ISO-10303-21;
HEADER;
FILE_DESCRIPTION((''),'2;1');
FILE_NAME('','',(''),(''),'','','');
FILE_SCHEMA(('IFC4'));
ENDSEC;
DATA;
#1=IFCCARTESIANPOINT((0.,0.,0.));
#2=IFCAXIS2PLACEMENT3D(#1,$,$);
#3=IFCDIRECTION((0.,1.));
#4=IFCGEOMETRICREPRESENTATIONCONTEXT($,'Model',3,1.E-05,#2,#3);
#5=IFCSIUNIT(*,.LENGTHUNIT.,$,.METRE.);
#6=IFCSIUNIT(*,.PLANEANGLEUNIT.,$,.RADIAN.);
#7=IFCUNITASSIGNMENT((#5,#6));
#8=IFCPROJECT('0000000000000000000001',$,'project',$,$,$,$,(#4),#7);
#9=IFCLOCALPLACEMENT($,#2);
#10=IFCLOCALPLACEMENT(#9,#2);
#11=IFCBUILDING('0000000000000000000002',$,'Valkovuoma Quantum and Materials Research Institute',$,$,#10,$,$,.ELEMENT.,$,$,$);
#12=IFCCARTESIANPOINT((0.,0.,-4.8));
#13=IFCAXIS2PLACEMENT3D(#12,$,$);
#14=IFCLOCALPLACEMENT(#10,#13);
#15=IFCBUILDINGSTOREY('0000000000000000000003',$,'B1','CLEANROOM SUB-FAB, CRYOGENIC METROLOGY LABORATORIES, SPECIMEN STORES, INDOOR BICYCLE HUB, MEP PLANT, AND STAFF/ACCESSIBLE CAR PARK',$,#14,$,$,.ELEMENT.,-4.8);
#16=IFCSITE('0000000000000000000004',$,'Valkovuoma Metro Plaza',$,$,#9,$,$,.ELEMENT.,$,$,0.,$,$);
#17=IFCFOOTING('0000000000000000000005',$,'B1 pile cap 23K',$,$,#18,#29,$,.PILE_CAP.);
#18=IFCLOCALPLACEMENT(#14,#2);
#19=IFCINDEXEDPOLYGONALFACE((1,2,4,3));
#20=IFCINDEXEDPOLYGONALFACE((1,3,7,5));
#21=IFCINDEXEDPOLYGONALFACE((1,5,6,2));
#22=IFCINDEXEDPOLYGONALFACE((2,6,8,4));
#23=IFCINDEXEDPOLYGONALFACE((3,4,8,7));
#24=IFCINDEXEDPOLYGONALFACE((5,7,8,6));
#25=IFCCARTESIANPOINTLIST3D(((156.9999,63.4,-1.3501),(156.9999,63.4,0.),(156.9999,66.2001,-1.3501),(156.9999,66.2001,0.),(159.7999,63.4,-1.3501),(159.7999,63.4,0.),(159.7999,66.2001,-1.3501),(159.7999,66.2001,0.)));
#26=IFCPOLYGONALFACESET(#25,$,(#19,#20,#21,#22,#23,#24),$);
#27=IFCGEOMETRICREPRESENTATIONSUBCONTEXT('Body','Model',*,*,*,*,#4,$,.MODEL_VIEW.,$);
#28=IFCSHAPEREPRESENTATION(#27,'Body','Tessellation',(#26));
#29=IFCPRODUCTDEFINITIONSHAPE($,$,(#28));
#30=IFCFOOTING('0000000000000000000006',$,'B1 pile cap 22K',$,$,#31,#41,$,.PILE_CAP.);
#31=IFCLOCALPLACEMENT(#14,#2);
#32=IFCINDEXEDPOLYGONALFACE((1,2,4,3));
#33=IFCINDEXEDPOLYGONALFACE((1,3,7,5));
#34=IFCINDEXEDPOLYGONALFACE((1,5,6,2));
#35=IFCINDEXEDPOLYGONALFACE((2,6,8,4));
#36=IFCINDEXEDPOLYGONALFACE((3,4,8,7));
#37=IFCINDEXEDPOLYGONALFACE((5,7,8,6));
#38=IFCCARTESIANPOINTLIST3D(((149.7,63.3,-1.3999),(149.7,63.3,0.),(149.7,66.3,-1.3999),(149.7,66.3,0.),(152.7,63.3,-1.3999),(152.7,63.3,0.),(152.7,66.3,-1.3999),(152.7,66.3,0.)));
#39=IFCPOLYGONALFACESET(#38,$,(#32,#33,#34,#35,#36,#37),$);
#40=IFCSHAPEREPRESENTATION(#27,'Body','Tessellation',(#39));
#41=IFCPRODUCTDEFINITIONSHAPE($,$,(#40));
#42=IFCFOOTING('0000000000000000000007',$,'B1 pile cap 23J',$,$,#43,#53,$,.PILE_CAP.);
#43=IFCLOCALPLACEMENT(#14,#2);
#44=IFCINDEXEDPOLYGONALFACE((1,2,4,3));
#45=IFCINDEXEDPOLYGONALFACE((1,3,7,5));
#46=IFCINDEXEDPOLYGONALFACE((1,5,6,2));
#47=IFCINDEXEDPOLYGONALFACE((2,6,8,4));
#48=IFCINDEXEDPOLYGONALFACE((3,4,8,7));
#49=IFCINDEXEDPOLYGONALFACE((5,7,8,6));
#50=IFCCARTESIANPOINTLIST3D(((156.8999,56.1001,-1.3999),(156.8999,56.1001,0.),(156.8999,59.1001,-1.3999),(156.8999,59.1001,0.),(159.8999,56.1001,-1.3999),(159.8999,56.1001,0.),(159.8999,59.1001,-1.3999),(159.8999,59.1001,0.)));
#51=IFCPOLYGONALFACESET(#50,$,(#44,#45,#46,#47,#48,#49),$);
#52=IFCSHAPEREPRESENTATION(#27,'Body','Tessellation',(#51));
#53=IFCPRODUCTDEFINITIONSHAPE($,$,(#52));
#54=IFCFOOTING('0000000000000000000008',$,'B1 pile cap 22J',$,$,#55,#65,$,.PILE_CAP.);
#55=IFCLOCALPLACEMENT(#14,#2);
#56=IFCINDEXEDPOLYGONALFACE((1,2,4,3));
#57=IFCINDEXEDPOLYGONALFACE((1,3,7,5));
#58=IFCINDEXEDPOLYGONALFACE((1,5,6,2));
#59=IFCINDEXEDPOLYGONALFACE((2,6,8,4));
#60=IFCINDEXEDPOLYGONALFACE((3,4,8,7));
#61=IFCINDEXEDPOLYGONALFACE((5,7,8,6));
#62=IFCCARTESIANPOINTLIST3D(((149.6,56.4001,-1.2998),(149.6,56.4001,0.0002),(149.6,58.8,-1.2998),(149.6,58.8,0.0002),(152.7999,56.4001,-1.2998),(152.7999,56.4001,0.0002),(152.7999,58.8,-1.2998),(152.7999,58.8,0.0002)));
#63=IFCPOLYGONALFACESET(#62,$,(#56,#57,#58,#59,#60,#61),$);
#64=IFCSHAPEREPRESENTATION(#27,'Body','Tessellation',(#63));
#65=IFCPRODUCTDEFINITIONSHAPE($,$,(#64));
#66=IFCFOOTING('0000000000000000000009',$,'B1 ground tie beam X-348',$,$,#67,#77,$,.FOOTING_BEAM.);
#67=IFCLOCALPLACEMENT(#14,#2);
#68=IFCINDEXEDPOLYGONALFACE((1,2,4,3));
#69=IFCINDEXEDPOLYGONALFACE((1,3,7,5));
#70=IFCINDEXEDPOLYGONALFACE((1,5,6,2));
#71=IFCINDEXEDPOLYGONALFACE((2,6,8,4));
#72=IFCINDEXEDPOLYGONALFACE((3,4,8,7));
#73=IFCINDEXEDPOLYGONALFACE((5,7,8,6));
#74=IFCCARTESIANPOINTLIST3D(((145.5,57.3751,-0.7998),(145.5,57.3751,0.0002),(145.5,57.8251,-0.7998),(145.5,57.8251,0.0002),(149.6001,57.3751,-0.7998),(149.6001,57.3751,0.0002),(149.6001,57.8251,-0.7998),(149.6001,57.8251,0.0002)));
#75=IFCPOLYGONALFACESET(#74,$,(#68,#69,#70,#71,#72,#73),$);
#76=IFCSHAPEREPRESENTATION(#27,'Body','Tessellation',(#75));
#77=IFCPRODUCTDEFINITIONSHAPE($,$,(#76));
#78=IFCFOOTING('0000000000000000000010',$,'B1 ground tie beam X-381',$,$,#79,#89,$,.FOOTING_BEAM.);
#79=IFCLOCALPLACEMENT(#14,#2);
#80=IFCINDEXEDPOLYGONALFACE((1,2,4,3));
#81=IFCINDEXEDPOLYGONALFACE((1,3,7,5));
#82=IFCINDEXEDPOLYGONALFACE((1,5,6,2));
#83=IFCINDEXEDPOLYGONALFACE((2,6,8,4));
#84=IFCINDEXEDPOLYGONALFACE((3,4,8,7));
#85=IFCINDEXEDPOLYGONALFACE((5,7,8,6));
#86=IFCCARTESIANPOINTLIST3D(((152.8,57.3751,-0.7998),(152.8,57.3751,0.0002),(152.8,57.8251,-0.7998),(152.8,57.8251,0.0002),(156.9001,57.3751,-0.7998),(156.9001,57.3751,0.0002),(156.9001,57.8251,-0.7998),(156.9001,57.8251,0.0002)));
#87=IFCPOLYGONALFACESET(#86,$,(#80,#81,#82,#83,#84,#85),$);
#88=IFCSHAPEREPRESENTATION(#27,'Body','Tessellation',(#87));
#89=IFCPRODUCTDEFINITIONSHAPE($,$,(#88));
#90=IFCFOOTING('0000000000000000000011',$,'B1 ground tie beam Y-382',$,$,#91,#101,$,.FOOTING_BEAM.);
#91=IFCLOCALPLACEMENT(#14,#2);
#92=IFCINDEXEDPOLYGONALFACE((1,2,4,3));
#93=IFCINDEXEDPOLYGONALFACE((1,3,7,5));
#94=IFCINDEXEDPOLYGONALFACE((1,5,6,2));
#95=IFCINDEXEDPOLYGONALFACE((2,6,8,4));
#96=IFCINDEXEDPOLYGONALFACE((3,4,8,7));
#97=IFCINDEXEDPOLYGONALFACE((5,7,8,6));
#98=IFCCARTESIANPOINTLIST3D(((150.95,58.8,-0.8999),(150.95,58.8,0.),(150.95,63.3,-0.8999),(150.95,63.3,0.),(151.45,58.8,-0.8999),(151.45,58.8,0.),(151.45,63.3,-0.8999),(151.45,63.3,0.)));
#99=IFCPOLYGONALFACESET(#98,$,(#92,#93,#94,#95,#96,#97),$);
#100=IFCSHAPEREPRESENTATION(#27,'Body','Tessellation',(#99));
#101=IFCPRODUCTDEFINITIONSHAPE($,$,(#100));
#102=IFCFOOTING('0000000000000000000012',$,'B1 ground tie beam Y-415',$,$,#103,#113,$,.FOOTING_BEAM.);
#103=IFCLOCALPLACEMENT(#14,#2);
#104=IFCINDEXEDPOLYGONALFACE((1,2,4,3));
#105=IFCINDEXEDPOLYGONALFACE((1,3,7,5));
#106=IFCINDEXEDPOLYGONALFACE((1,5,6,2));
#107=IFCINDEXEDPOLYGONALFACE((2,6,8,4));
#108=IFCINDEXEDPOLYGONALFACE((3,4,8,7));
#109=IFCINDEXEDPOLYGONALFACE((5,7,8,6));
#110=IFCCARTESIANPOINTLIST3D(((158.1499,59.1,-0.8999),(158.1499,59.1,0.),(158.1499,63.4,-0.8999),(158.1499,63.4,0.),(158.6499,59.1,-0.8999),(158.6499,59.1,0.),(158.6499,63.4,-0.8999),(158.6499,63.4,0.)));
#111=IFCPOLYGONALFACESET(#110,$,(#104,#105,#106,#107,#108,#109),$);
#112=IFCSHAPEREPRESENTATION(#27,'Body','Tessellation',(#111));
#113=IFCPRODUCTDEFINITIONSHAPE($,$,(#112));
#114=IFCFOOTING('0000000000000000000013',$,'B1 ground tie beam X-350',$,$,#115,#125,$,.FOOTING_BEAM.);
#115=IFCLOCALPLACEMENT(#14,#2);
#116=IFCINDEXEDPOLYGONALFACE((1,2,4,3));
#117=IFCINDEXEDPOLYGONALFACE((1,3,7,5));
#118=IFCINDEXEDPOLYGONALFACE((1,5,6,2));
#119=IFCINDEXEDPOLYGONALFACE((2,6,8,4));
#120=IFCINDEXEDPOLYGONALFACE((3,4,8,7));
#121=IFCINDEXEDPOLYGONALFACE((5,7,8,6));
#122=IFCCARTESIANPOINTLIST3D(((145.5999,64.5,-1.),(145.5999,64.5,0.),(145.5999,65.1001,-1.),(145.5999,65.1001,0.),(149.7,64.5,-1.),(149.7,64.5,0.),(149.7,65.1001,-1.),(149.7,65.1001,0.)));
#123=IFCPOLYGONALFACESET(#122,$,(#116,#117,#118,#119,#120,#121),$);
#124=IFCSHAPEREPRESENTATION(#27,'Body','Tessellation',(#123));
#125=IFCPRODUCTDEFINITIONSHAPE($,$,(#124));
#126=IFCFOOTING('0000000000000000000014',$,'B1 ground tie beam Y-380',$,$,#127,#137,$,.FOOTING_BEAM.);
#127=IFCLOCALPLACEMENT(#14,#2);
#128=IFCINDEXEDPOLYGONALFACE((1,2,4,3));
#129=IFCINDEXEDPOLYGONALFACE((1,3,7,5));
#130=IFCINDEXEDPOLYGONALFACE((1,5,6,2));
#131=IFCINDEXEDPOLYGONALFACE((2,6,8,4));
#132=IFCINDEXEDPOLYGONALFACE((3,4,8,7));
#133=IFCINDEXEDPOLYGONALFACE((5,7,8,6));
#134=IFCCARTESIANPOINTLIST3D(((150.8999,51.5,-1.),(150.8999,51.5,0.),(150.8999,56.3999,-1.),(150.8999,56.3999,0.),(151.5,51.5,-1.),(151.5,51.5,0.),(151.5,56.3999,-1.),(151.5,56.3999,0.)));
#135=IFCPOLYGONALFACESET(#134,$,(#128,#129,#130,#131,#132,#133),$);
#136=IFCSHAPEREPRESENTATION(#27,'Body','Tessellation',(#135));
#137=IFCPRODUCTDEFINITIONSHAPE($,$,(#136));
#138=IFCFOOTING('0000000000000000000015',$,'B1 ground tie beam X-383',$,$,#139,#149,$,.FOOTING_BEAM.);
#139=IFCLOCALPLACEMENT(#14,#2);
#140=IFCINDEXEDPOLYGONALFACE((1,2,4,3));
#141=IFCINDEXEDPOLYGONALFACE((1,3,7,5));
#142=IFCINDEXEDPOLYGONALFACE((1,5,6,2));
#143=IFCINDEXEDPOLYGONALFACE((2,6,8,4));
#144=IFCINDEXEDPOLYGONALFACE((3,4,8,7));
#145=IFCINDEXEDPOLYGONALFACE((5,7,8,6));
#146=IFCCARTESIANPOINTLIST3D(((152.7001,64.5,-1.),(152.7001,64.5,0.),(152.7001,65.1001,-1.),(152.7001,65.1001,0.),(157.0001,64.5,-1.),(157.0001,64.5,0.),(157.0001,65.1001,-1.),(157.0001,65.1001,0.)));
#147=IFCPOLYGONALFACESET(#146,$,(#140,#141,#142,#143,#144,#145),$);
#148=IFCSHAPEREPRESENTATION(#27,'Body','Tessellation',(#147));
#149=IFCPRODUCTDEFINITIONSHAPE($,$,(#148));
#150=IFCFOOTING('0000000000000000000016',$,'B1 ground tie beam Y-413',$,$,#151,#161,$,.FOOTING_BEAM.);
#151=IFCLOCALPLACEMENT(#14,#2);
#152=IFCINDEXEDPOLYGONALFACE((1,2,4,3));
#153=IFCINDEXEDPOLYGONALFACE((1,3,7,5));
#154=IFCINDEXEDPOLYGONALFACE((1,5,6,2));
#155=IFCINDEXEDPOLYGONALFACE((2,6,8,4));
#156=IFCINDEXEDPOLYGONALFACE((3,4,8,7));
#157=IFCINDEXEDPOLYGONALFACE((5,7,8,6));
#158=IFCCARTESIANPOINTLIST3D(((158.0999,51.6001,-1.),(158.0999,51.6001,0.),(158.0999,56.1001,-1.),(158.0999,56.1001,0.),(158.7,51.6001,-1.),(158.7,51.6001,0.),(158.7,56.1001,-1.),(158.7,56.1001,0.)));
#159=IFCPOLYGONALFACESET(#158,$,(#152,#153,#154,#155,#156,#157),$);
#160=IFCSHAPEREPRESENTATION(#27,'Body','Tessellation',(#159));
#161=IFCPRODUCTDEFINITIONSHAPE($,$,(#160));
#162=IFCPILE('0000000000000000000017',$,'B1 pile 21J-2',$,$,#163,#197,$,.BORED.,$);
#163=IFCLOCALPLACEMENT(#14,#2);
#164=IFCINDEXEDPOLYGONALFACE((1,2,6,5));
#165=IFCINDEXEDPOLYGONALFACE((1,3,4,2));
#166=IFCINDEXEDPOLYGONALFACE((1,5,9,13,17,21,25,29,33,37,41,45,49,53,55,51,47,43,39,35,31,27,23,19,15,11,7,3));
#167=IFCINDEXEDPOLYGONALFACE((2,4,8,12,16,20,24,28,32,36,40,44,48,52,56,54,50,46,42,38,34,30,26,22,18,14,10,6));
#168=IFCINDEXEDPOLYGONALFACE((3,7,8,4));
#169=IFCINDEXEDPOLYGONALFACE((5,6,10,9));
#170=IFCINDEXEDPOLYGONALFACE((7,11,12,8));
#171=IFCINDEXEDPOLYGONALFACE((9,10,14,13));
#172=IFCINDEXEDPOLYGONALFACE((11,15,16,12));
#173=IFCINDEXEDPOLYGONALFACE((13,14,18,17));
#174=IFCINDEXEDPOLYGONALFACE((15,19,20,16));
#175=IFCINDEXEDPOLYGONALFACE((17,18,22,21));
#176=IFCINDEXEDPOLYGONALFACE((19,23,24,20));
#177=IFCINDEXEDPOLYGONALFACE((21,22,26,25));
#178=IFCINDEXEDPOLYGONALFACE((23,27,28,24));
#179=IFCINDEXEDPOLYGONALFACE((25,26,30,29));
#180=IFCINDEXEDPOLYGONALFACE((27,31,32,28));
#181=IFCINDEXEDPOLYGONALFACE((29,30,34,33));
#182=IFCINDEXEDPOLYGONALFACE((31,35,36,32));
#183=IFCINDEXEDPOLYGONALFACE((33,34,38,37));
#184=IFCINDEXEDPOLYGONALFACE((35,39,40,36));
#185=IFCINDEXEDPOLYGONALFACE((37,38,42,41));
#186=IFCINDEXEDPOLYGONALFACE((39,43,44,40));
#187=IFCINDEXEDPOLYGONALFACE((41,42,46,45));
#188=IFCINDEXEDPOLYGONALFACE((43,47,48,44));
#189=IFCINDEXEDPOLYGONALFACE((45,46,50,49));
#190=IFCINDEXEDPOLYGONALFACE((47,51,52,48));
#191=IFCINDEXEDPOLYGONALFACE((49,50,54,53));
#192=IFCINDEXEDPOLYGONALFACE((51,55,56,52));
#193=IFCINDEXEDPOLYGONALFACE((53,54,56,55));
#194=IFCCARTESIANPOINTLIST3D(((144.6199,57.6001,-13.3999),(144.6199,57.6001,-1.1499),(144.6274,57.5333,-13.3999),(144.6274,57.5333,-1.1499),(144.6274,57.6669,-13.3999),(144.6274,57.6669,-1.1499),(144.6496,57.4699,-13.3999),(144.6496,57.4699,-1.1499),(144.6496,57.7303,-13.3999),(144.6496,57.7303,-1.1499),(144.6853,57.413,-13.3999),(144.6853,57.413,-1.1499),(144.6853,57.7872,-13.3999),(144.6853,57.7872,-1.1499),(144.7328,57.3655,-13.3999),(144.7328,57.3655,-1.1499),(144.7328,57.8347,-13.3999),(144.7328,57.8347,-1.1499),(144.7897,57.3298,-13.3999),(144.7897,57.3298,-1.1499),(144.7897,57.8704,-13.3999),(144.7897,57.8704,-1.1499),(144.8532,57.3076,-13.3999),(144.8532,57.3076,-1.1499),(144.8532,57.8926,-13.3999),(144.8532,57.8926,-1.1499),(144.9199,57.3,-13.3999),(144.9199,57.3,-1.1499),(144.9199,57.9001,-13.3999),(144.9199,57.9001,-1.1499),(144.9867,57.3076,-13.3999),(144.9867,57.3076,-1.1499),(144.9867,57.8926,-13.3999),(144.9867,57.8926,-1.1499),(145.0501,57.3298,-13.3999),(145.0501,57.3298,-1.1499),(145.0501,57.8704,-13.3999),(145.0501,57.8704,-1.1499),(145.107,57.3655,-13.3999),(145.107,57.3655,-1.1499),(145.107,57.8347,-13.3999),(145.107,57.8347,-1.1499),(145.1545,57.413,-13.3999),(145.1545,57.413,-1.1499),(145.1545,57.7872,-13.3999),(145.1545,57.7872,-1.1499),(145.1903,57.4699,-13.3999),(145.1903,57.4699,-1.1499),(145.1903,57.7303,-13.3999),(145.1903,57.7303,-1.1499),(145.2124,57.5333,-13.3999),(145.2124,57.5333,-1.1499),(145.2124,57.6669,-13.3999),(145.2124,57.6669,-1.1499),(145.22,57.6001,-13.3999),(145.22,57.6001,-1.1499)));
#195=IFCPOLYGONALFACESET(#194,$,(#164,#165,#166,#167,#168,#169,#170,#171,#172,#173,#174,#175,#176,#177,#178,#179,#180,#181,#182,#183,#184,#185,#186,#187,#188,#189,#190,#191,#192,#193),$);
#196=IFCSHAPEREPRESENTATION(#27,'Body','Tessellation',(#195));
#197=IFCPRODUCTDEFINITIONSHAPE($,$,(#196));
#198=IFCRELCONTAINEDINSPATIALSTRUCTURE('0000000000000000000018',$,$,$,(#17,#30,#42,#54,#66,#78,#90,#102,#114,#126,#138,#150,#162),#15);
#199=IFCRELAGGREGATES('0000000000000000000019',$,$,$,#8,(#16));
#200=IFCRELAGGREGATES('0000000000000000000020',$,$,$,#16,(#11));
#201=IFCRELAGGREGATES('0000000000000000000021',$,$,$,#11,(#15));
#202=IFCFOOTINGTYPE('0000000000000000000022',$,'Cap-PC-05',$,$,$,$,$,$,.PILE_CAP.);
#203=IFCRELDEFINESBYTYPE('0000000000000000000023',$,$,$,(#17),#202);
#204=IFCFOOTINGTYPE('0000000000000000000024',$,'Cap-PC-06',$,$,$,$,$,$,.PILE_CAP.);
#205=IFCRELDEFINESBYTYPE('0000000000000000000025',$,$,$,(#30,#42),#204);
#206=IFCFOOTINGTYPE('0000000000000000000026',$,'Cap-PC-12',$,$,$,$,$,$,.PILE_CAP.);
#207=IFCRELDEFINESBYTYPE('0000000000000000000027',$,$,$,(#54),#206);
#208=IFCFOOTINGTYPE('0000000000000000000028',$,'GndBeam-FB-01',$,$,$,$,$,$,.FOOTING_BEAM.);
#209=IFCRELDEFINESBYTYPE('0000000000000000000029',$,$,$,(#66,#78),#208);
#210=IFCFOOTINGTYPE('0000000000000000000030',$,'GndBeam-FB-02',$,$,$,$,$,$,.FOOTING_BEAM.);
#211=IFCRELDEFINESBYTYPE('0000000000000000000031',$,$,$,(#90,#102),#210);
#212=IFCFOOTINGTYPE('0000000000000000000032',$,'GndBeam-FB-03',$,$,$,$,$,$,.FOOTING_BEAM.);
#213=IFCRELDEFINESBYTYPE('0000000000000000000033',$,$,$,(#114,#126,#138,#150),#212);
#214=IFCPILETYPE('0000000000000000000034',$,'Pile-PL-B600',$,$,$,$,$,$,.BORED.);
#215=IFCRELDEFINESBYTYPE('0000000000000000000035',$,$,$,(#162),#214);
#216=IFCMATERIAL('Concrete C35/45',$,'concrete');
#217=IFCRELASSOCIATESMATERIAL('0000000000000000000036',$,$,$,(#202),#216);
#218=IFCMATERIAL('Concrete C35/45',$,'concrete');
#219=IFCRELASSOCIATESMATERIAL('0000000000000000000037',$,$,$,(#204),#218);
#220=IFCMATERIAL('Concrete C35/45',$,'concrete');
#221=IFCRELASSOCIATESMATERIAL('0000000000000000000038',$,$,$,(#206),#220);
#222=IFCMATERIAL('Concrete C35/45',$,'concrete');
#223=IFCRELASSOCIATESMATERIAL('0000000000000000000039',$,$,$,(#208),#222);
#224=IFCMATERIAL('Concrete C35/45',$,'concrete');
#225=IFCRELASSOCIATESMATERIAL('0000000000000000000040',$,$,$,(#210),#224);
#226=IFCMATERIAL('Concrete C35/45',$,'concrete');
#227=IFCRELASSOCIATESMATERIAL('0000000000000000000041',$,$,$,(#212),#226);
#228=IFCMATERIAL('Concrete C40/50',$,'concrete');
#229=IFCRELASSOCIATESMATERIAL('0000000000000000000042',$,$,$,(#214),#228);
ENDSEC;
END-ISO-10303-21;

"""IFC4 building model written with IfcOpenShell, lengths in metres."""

from ifc_helpers import new_model, si_unit, direction, frame, origin, origin_2d, place, context, subcontext, project, spatial, rectangle, circle, extrude, material, material_profile, profile_set, type_object, element, save


model = new_model("IFC4")

# Units and contexts
model_context = context("Model", 3, precision=1e-05, world=origin(), true_north=direction((0.0, 1.0)))
body_context = subcontext(model_context, "Body", "Model", "MODEL_VIEW")
ifc_project = project(units=[si_unit("LENGTHUNIT", "METRE"), si_unit("PLANEANGLEUNIT", "RADIAN")], contexts=[model_context])

# Site, building, storey
site_placement = place(None, origin())
site = spatial("IfcSite", under=ifc_project, at=site_placement, Name="Valkovuoma Metro Plaza", CompositionType="ELEMENT", RefElevation=0.0)
building_placement = place(site_placement, origin())
building = spatial("IfcBuilding", under=site, at=building_placement, Name="Valkovuoma Quantum and Materials Research Institute", CompositionType="ELEMENT")
storey_placement = place(building_placement, frame((0.0, 0.0, -4.8)))
storey = spatial("IfcBuildingStorey", under=building, at=storey_placement, Name="B1", Description="CLEANROOM SUB-FAB, CRYOGENIC METROLOGY LABORATORIES, SPECIMEN STORES, INDOOR BICYCLE HUB, MEP PLANT, AND STAFF/ACCESSIBLE CAR PARK", CompositionType="ELEMENT", Elevation=-4.8)

# Footings
ifc_material_1 = material(Name="Concrete C35/45", Category="concrete")
footing_type_1 = type_object("IfcFootingType", Name="Cap-PC-05", PredefinedType="PILE_CAP", material=ifc_material_1)
footing_1_placement = place(storey_placement, frame((158.3999, 64.8, -1.3501), z_axis=(0.0, 0.0, 1.0), x_axis=(1.0, 0.0, 0.0)))
element("IfcFooting", 1, at=footing_1_placement, inside=storey, type_object=footing_type_1, Name="B1 pile cap 23K", PredefinedType="PILE_CAP", context=body_context, shape_type="SweptSolid", body=[
    extrude(rectangle(XDim=2.8, YDim=2.8, at=origin_2d()), origin(), (0.0, 0.0, 1.0), 1.3501),
])
ifc_material_2 = material(Name="Concrete C35/45", Category="concrete")
footing_type_2 = type_object("IfcFootingType", Name="Cap-PC-06", PredefinedType="PILE_CAP", material=ifc_material_2)
for number, where, z_axis, x_axis, name in (
    (2, (151.2, 64.8, -1.3999), (0.0, 0.0, 1.0), (1.0, 0.0, 0.0), "B1 pile cap 22K"),
    (3, (158.3999, 57.6001, -1.3999), (0.0, 0.0, 1.0), (1.0, 0.0, 0.0), "B1 pile cap 23J"),
):
    element("IfcFooting", number, at=place(storey_placement, frame(where, z_axis=z_axis, x_axis=x_axis)), inside=storey, type_object=footing_type_2, Name=name, PredefinedType="PILE_CAP", context=body_context, shape_type="SweptSolid", body=[
        extrude(rectangle(XDim=3.0, YDim=3.0, at=origin_2d()), origin(), (0.0, 0.0, 1.0), 1.3999),
    ])
ifc_material_3 = material(Name="Concrete C35/45", Category="concrete")
footing_type_3 = type_object("IfcFootingType", Name="Cap-PC-12", PredefinedType="PILE_CAP", material=ifc_material_3)
footing_2_placement = place(storey_placement, frame((151.2, 57.6001, -1.2998), z_axis=(0.0, 0.0, 1.0), x_axis=(1.0, 0.0, 0.0)))
element("IfcFooting", 4, at=footing_2_placement, inside=storey, type_object=footing_type_3, Name="B1 pile cap 22J", PredefinedType="PILE_CAP", context=body_context, shape_type="SweptSolid", body=[
    extrude(rectangle(XDim=3.2, YDim=2.3999, at=origin_2d()), origin(), (0.0, 0.0, 1.0), 1.3),
])
ifc_material_4 = material(Name="Concrete C35/45", Category="concrete")
footing_type_4 = type_object("IfcFootingType", Name="GndBeam-FB-01", PredefinedType="FOOTING_BEAM", material=ifc_material_4)
for number, where, z_axis, x_axis, name in (
    (5, (147.55, 57.6001, -0.7998), (0.0, 0.0, 1.0), (1.0, 0.0, 0.0), "B1 ground tie beam X-348"),
    (6, (154.8501, 57.6001, -0.7998), (0.0, 0.0, 1.0), (1.0, 0.0, 0.0), "B1 ground tie beam X-381"),
):
    element("IfcFooting", number, at=place(storey_placement, frame(where, z_axis=z_axis, x_axis=x_axis)), inside=storey, type_object=footing_type_4, Name=name, PredefinedType="FOOTING_BEAM", context=body_context, shape_type="SweptSolid", body=[
        extrude(rectangle(XDim=4.1001, YDim=0.45, at=origin_2d()), origin(), (0.0, 0.0, 1.0), 0.8),
    ])
ifc_material_5 = material(Name="Concrete C35/45", Category="concrete")
footing_type_5 = type_object("IfcFootingType", Name="GndBeam-FB-02", PredefinedType="FOOTING_BEAM", material=ifc_material_5)
footing_3_placement = place(storey_placement, frame((151.2, 61.05, -0.8999), z_axis=(0.0, 0.0, 1.0), x_axis=(0.0, 1.0, 0.0)))
element("IfcFooting", 7, at=footing_3_placement, inside=storey, type_object=footing_type_5, Name="B1 ground tie beam Y-382", PredefinedType="FOOTING_BEAM", context=body_context, shape_type="SweptSolid", body=[
    extrude(rectangle(XDim=4.5, YDim=0.5, at=origin_2d()), origin(), (0.0, 0.0, 1.0), 0.8999),
])
footing_4_placement = place(storey_placement, frame((158.3999, 61.25, -0.8999), z_axis=(0.0, 0.0, 1.0), x_axis=(0.0, 1.0, 0.0)))
element("IfcFooting", 8, at=footing_4_placement, inside=storey, type_object=footing_type_5, Name="B1 ground tie beam Y-415", PredefinedType="FOOTING_BEAM", context=body_context, shape_type="SweptSolid", body=[
    extrude(rectangle(XDim=4.3, YDim=0.5, at=origin_2d()), origin(), (0.0, 0.0, 1.0), 0.8999),
])
ifc_material_6 = material(Name="Concrete C35/45", Category="concrete")
footing_type_6 = type_object("IfcFootingType", Name="GndBeam-FB-03", PredefinedType="FOOTING_BEAM", material=ifc_material_6)
footing_5_placement = place(storey_placement, frame((147.6499, 64.8, -1.0), z_axis=(0.0, 0.0, 1.0), x_axis=(1.0, 0.0, 0.0)))
element("IfcFooting", 9, at=footing_5_placement, inside=storey, type_object=footing_type_6, Name="B1 ground tie beam X-350", PredefinedType="FOOTING_BEAM", context=body_context, shape_type="SweptSolid", body=[
    extrude(rectangle(XDim=4.1001, YDim=0.6001, at=origin_2d()), origin(), (0.0, 0.0, 1.0), 1.0),
])
footing_6_placement = place(storey_placement, frame((151.2, 53.95, -1.0), z_axis=(0.0, 0.0, 1.0), x_axis=(0.0, 1.0, 0.0)))
element("IfcFooting", 10, at=footing_6_placement, inside=storey, type_object=footing_type_6, Name="B1 ground tie beam Y-380", PredefinedType="FOOTING_BEAM", context=body_context, shape_type="SweptSolid", body=[
    extrude(rectangle(XDim=4.8999, YDim=0.6001, at=origin_2d()), origin(), (0.0, 0.0, 1.0), 1.0),
])
footing_7_placement = place(storey_placement, frame((154.8501, 64.8, -1.0), z_axis=(0.0, 0.0, 1.0), x_axis=(1.0, 0.0, 0.0)))
element("IfcFooting", 11, at=footing_7_placement, inside=storey, type_object=footing_type_6, Name="B1 ground tie beam X-383", PredefinedType="FOOTING_BEAM", context=body_context, shape_type="SweptSolid", body=[
    extrude(rectangle(XDim=4.3, YDim=0.6001, at=origin_2d()), origin(), (0.0, 0.0, 1.0), 1.0),
])
footing_8_placement = place(storey_placement, frame((158.3999, 53.8501, -1.0), z_axis=(0.0, 0.0, 1.0), x_axis=(0.0, 1.0, 0.0)))
element("IfcFooting", 12, at=footing_8_placement, inside=storey, type_object=footing_type_6, Name="B1 ground tie beam Y-413", PredefinedType="FOOTING_BEAM", context=body_context, shape_type="SweptSolid", body=[
    extrude(rectangle(XDim=4.5, YDim=0.6001, at=origin_2d()), origin(), (0.0, 0.0, 1.0), 1.0),
])

# Pile
ifc_material_7 = material(Name="Concrete C40/50", Category="concrete")
ifc_material_profile_1 = material_profile(ifc_material_7, circle(Radius=0.3, at=origin_2d()), Name="Concrete C40/50")
ifc_profile_set_1 = profile_set([ifc_material_profile_1], Name="Concrete C40/50")
pile_type_1 = type_object("IfcPileType", Name="Pile-PL-B600", PredefinedType="BORED", material=ifc_profile_set_1)
pile_placement = place(storey_placement, frame((144.9199, 57.6001, -1.1499), z_axis=(0.0, 0.0, -1.0), x_axis=(1.0, 0.0, 0.0)))
element("IfcPile", 13, at=pile_placement, inside=storey, type_object=pile_type_1, Name="B1 pile 21J-2", PredefinedType="BORED", context=body_context, shape_type="SweptSolid", body=[
    extrude(circle(Radius=0.3, at=origin_2d()), origin(), (0.0, 0.0, 1.0), 12.25),
])

save(model, "model.ifc")
